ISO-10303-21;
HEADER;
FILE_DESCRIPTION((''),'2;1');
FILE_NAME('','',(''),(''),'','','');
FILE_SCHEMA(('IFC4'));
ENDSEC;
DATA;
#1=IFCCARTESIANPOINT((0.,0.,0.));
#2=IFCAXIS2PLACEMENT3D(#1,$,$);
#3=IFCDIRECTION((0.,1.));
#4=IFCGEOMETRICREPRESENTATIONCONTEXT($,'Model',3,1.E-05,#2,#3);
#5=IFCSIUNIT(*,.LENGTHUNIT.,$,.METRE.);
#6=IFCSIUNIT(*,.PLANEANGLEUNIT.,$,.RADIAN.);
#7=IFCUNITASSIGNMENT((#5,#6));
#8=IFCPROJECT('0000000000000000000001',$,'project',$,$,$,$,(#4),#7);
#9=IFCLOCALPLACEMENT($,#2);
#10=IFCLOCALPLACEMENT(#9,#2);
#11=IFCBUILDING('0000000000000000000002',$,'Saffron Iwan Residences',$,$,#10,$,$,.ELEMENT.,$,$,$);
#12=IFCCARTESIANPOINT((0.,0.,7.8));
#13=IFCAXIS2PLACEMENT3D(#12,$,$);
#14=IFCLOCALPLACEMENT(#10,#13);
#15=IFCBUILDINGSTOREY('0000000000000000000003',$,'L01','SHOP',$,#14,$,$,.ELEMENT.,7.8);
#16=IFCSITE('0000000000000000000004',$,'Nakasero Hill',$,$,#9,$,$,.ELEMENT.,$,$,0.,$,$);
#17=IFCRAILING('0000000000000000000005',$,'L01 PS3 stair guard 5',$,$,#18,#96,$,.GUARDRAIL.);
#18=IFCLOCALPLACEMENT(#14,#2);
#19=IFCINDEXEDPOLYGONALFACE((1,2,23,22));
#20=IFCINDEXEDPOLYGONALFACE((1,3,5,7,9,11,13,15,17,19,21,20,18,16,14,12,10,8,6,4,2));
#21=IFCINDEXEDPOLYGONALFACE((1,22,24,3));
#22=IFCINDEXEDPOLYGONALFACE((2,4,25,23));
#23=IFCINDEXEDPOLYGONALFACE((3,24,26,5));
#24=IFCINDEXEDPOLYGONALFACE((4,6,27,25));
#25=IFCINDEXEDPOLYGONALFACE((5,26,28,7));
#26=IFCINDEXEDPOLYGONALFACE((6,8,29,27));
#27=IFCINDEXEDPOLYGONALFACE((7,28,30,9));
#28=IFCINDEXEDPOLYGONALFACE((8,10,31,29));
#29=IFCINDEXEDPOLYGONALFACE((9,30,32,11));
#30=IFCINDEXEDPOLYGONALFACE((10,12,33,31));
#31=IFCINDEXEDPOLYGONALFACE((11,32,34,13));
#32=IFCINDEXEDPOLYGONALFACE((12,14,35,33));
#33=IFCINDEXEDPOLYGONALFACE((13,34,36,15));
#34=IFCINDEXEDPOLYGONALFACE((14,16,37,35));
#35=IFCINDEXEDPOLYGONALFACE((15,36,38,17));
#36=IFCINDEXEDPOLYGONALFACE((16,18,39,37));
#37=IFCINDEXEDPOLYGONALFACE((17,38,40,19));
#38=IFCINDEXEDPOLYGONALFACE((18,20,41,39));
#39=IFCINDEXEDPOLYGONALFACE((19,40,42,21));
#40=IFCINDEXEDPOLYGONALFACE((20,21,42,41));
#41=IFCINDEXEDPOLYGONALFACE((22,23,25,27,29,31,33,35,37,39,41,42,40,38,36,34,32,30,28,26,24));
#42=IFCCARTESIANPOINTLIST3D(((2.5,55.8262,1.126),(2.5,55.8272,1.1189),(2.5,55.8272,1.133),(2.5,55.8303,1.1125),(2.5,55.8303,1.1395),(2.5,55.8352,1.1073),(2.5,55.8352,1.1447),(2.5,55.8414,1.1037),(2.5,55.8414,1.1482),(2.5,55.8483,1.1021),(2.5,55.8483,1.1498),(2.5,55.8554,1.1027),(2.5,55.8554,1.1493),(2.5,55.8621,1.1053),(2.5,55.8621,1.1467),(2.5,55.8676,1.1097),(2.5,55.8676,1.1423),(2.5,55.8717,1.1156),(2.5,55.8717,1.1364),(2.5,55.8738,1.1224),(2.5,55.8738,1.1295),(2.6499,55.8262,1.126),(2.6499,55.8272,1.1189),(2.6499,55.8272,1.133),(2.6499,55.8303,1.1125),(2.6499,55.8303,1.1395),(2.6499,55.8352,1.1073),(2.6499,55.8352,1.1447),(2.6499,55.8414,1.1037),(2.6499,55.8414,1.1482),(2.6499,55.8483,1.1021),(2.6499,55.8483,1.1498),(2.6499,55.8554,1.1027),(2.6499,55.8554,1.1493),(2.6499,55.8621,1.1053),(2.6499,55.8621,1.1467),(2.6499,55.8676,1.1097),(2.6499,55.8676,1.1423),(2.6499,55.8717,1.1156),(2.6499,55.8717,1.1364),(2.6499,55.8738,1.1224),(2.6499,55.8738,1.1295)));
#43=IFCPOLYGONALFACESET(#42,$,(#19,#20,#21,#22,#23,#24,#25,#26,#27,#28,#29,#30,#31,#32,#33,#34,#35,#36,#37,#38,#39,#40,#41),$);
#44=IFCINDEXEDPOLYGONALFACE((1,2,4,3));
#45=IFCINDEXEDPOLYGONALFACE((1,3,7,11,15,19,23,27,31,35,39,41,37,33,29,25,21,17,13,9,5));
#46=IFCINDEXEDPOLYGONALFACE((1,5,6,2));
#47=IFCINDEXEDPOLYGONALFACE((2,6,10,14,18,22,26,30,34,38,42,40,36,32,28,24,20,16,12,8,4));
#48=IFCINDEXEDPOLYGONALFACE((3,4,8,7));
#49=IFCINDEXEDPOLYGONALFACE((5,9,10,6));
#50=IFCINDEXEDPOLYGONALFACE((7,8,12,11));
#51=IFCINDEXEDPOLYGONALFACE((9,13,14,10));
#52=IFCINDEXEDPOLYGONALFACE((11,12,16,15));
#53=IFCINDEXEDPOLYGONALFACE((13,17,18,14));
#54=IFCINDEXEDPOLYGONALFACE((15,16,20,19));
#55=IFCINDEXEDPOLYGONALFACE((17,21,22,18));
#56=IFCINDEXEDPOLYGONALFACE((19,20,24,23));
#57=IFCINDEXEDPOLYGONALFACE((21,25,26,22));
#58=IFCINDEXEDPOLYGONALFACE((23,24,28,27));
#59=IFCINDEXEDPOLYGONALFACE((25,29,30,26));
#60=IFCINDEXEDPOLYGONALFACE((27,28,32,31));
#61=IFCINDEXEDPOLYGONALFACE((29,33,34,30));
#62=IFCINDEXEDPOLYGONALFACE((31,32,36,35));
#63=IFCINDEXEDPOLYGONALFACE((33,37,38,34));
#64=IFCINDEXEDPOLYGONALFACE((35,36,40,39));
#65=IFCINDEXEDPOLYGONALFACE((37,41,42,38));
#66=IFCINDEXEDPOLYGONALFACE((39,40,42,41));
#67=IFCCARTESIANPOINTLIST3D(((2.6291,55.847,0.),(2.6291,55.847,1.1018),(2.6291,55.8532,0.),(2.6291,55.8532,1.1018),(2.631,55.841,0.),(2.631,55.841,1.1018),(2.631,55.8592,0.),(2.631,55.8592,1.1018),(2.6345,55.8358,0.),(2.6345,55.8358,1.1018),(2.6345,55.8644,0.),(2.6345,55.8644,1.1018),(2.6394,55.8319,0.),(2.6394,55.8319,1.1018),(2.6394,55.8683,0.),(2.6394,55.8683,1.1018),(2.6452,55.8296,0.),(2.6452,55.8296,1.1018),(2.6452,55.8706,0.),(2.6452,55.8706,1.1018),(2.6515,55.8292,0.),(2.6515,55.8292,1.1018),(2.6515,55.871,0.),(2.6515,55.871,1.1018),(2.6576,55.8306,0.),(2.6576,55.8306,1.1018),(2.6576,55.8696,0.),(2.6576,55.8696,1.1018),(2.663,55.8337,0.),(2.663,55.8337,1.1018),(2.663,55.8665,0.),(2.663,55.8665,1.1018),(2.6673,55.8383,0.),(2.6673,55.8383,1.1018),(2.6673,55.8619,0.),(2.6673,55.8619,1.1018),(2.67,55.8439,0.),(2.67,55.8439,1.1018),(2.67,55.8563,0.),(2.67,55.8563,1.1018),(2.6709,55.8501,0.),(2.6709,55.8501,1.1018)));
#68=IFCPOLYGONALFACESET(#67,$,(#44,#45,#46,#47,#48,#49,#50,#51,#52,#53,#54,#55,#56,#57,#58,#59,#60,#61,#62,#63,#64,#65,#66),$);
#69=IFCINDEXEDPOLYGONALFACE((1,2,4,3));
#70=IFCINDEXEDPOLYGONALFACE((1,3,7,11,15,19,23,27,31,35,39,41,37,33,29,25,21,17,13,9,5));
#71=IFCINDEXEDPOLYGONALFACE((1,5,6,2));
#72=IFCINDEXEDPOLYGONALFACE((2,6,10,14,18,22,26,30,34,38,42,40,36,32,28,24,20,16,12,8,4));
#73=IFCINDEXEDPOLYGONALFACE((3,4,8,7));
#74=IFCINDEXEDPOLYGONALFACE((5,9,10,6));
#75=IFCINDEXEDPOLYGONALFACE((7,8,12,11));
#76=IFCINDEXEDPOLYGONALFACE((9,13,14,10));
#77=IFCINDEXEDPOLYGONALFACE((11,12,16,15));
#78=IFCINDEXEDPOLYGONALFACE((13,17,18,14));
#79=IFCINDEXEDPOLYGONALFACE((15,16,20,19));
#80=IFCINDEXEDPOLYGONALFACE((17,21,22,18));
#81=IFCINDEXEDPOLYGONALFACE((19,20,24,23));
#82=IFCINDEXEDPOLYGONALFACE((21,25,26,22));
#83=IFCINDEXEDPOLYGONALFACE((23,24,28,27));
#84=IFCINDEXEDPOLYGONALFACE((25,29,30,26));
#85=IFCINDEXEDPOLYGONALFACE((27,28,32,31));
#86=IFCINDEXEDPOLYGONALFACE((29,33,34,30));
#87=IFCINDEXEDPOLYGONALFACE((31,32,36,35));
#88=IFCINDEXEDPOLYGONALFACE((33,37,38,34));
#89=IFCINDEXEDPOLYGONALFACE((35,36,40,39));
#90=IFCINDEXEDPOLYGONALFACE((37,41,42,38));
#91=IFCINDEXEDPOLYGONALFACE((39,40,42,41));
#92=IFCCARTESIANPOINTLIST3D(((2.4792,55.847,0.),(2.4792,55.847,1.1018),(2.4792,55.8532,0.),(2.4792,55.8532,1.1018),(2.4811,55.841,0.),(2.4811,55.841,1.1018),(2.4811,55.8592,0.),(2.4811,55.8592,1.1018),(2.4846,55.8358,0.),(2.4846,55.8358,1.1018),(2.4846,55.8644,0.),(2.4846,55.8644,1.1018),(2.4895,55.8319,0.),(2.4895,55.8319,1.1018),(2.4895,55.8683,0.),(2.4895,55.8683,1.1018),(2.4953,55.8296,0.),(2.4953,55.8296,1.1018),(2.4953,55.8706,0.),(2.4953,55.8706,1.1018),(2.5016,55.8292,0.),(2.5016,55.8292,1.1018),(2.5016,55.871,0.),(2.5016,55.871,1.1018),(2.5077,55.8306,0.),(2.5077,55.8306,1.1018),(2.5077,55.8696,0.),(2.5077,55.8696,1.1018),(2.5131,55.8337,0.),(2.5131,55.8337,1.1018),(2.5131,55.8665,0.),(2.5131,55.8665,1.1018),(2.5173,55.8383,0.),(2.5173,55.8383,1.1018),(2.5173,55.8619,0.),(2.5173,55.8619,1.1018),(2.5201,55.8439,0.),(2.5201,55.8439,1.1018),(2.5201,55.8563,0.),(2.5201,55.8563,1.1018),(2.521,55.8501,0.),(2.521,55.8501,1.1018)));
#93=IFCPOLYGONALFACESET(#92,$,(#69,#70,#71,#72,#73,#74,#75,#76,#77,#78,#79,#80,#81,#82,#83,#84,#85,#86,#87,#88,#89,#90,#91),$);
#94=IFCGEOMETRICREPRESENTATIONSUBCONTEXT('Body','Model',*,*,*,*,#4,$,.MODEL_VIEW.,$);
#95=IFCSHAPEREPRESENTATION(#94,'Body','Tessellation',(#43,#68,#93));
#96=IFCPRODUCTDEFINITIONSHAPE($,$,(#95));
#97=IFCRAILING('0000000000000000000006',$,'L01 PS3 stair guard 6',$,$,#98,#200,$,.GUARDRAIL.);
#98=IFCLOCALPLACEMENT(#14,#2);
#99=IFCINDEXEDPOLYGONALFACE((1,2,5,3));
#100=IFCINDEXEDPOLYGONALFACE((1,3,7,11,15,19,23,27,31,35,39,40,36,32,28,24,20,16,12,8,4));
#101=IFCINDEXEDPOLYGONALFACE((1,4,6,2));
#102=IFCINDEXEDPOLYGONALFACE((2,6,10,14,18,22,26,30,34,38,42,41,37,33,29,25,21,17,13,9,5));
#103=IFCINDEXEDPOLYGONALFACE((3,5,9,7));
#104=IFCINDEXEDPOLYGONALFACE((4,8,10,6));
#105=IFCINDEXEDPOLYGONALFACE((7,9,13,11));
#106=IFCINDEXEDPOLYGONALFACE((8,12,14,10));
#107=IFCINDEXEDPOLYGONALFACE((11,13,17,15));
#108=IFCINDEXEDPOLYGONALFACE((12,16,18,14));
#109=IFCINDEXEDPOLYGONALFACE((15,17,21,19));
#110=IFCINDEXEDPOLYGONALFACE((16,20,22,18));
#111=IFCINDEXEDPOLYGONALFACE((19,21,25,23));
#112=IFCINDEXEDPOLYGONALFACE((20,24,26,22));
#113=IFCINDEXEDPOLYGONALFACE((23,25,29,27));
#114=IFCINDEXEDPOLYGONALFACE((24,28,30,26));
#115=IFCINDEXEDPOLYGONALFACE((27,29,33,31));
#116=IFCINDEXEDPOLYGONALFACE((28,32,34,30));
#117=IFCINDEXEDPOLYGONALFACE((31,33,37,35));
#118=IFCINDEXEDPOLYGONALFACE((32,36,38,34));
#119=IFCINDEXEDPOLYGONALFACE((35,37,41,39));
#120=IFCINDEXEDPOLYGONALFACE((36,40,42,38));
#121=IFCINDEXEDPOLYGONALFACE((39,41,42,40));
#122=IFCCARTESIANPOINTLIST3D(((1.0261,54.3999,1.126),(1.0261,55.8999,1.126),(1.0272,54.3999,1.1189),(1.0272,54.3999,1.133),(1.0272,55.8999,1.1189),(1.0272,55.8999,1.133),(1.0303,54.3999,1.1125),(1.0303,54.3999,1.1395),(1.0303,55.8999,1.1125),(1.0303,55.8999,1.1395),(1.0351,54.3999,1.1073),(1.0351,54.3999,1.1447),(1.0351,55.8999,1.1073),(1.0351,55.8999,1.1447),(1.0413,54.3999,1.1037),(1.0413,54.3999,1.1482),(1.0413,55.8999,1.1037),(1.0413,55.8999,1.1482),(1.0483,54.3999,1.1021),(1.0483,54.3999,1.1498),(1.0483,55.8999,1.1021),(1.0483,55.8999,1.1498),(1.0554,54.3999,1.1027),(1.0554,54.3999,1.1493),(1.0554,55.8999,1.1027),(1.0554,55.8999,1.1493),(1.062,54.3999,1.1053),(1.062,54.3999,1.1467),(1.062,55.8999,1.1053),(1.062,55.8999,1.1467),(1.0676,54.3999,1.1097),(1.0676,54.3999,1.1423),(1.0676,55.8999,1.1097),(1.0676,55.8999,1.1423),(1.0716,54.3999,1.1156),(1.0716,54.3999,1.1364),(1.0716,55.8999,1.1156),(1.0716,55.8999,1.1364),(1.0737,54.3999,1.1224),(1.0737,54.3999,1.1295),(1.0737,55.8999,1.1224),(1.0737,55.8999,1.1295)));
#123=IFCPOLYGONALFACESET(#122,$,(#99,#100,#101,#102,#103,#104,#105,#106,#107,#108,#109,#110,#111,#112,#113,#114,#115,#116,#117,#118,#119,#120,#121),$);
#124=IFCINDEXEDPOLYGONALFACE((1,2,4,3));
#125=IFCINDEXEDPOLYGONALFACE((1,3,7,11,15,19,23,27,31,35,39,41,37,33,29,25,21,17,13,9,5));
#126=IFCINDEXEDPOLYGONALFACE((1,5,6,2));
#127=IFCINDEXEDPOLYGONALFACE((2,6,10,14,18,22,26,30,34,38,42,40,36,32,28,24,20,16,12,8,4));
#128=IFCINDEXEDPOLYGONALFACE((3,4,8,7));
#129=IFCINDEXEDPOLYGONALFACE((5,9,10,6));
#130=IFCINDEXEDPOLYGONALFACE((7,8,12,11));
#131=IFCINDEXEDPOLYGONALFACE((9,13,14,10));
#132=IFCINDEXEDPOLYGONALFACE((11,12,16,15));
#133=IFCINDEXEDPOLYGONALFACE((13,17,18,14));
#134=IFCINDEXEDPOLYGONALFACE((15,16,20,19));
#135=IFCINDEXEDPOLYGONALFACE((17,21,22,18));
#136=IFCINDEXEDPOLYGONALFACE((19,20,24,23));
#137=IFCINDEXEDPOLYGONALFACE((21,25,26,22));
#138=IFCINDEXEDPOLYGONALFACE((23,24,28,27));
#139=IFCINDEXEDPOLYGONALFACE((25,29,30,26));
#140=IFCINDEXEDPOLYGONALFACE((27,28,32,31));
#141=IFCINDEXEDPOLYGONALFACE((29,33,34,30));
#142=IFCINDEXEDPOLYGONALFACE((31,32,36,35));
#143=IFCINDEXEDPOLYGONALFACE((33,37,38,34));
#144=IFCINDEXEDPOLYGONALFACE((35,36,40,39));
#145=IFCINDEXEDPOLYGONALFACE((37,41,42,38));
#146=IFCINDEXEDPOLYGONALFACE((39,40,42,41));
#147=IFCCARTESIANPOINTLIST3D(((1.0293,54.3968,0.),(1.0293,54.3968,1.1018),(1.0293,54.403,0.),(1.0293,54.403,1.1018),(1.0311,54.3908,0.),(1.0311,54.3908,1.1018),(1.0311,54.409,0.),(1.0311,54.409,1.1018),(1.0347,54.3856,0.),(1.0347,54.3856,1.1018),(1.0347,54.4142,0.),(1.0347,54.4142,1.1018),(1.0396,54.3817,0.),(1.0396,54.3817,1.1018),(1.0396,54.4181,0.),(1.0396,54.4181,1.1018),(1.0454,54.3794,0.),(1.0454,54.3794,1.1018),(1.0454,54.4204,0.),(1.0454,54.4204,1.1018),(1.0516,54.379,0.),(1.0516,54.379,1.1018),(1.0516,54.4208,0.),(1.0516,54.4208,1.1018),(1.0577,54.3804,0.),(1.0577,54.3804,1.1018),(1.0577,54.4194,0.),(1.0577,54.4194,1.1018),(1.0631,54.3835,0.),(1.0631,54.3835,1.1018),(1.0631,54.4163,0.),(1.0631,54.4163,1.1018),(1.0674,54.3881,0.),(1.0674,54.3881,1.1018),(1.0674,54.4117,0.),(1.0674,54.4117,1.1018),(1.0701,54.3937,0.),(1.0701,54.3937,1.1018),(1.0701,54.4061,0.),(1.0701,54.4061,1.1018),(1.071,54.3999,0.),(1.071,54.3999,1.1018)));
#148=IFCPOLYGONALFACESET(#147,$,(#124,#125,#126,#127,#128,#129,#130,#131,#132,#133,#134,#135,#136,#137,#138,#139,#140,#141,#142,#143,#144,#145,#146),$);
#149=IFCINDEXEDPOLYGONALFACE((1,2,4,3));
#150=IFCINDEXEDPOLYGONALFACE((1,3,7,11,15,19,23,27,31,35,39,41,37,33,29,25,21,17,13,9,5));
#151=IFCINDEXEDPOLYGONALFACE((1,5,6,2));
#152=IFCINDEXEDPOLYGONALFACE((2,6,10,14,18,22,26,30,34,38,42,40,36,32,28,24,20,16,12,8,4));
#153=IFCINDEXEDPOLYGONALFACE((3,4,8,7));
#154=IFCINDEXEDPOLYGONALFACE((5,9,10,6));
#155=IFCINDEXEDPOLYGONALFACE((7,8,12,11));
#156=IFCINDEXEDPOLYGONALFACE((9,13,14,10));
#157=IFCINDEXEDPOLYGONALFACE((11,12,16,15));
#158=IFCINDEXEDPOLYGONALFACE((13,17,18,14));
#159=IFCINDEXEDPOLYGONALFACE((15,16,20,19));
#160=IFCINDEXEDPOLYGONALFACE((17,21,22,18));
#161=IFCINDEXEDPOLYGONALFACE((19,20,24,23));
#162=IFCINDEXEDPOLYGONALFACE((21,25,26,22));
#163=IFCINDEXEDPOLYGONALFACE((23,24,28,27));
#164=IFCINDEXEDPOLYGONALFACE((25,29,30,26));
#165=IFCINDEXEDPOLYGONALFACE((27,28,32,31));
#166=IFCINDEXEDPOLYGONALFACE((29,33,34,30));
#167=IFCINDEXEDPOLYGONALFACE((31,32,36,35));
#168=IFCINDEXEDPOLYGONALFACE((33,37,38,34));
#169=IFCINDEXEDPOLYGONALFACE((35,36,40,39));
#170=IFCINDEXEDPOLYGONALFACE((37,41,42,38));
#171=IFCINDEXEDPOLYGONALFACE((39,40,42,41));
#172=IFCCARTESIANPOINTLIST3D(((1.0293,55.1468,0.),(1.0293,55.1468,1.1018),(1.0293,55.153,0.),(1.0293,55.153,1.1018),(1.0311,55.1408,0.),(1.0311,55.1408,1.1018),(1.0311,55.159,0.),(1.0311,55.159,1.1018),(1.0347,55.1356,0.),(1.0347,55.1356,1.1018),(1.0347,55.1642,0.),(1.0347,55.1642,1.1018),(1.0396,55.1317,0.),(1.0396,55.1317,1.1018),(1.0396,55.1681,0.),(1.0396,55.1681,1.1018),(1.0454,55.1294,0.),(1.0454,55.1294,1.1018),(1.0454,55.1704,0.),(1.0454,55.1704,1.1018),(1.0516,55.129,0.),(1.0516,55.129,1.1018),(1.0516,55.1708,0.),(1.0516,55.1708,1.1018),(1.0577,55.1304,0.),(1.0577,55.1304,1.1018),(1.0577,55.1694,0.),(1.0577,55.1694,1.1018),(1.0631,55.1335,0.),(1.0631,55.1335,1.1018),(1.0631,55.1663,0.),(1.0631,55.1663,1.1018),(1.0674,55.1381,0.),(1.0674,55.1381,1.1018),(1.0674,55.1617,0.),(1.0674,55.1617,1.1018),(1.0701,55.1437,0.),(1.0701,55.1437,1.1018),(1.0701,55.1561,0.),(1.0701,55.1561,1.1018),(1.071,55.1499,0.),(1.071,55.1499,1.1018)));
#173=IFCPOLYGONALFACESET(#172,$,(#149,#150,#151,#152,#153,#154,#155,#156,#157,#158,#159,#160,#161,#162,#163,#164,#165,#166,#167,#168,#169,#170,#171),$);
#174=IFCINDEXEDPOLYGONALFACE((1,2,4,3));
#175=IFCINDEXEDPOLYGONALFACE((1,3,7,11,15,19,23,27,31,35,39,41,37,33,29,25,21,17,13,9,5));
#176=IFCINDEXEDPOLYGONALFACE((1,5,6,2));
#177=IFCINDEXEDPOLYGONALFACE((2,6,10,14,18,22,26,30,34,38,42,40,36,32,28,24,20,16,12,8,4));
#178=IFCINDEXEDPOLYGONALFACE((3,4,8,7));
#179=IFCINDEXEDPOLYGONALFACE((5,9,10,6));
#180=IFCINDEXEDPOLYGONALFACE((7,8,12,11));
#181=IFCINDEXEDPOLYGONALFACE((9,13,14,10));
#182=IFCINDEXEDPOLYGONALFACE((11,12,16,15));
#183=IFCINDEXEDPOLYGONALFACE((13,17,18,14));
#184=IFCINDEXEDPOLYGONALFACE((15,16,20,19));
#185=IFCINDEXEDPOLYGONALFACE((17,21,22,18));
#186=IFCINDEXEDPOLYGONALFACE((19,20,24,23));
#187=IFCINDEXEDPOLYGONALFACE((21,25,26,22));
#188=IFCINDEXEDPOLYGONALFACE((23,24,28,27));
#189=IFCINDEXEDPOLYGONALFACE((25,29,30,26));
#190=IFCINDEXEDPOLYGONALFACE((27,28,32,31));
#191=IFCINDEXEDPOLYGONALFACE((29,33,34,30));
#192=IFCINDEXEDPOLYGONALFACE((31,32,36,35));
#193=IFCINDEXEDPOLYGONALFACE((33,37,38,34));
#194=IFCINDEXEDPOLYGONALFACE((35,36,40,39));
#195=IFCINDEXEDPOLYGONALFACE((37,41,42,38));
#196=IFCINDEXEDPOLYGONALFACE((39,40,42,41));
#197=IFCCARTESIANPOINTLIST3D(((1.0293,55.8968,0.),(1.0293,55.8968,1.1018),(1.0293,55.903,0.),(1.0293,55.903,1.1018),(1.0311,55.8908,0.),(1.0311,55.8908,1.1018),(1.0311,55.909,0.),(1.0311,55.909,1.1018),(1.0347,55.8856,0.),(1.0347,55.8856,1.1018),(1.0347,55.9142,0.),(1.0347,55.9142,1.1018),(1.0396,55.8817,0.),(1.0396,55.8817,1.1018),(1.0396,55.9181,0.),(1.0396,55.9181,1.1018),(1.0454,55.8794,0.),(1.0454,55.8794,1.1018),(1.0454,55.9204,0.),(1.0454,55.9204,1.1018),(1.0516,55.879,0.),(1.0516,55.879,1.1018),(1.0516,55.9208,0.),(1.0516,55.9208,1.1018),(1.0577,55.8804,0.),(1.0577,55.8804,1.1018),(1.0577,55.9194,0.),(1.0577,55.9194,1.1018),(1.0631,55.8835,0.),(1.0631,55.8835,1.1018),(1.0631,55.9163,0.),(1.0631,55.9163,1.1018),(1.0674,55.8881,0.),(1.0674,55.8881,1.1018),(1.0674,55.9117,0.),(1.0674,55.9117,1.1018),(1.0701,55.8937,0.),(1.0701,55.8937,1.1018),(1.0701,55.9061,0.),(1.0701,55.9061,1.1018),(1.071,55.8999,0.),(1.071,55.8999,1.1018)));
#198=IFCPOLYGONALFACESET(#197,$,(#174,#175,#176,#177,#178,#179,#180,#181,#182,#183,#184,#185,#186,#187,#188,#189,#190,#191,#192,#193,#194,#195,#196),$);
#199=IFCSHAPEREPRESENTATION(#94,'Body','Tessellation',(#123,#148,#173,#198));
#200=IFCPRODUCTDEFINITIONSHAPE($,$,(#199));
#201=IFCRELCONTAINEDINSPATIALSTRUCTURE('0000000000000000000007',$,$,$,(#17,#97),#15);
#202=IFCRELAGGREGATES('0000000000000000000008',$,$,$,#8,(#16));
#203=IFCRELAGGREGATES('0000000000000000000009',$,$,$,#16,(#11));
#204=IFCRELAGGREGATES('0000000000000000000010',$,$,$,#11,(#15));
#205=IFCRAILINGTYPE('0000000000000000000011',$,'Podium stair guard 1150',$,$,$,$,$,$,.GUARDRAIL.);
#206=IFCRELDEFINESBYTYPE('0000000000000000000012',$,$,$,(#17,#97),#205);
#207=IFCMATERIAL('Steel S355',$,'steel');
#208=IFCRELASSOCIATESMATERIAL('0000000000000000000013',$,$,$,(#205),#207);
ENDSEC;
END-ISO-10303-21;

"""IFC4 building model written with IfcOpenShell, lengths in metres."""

from ifc_helpers import new_model, si_unit, direction, frame, origin, origin_2d, place, context, subcontext, project, spatial, circle, extrude, material, type_object, element, save


model = new_model("IFC4")

# Units and contexts
model_context = context("Model", 3, precision=1e-05, world=origin(), true_north=direction((0.0, 1.0)))
body_context = subcontext(model_context, "Body", "Model", "MODEL_VIEW")
ifc_project = project(units=[si_unit("LENGTHUNIT", "METRE"), si_unit("PLANEANGLEUNIT", "RADIAN")], contexts=[model_context])

# Site, building, storey
site_placement = place(None, origin())
site = spatial("IfcSite", under=ifc_project, at=site_placement, Name="Nakasero Hill", CompositionType="ELEMENT", RefElevation=0.0)
building_placement = place(site_placement, origin())
building = spatial("IfcBuilding", under=site, at=building_placement, Name="Saffron Iwan Residences", CompositionType="ELEMENT")
storey_placement = place(building_placement, frame((0.0, 0.0, 7.8)))
storey = spatial("IfcBuildingStorey", under=building, at=storey_placement, Name="L01", Description="SHOP", CompositionType="ELEMENT", Elevation=7.8)

# Railings
ifc_material_1 = material(Name="Steel S355", Category="steel")
railing_type_1 = type_object("IfcRailingType", Name="Podium stair guard 1150", PredefinedType="GUARDRAIL", material=ifc_material_1)
railing_1_placement = place(storey_placement, frame((2.6499, 55.8501, 0.0)))
element("IfcRailing", 1, at=railing_1_placement, inside=storey, type_object=railing_type_1, Name="L01 PS3 stair guard 5", PredefinedType="GUARDRAIL", context=body_context, shape_type="SweptSolid", body=[
    extrude(circle(Radius=0.0239, at=origin_2d()), frame((0.0, 0.0, 1.126), z_axis=(-1.0, 0.0, 0.0), x_axis=(0.0, -1.0, 0.0)), (0.0, 0.0, 1.0), 0.1499),
    extrude(circle(Radius=0.021, at=origin_2d()), origin(), (0.0, 0.0, 1.0), 1.1018),
    extrude(circle(Radius=0.021, at=origin_2d()), frame((-0.1499, 0.0, 0.0)), (0.0, 0.0, 1.0), 1.1018),
])
railing_2_placement = place(storey_placement, frame((1.05, 54.3999, 0.0)))
element("IfcRailing", 2, at=railing_2_placement, inside=storey, type_object=railing_type_1, Name="L01 PS3 stair guard 6", PredefinedType="GUARDRAIL", context=body_context, shape_type="SweptSolid", body=[
    extrude(circle(Radius=0.0239, at=origin_2d()), frame((0.0, 0.0, 1.126), z_axis=(0.0, 1.0, 0.0), x_axis=(-1.0, 0.0, 0.0)), (0.0, 0.0, 1.0), 1.5),
    extrude(circle(Radius=0.021, at=origin_2d()), origin(), (0.0, 0.0, 1.0), 1.1018),
    extrude(circle(Radius=0.021, at=origin_2d()), frame((0.0, 0.75, 0.0)), (0.0, 0.0, 1.0), 1.1018),
    extrude(circle(Radius=0.021, at=origin_2d()), frame((0.0, 1.5, 0.0)), (0.0, 0.0, 1.0), 1.1018),
])

save(model, "model.ifc")
